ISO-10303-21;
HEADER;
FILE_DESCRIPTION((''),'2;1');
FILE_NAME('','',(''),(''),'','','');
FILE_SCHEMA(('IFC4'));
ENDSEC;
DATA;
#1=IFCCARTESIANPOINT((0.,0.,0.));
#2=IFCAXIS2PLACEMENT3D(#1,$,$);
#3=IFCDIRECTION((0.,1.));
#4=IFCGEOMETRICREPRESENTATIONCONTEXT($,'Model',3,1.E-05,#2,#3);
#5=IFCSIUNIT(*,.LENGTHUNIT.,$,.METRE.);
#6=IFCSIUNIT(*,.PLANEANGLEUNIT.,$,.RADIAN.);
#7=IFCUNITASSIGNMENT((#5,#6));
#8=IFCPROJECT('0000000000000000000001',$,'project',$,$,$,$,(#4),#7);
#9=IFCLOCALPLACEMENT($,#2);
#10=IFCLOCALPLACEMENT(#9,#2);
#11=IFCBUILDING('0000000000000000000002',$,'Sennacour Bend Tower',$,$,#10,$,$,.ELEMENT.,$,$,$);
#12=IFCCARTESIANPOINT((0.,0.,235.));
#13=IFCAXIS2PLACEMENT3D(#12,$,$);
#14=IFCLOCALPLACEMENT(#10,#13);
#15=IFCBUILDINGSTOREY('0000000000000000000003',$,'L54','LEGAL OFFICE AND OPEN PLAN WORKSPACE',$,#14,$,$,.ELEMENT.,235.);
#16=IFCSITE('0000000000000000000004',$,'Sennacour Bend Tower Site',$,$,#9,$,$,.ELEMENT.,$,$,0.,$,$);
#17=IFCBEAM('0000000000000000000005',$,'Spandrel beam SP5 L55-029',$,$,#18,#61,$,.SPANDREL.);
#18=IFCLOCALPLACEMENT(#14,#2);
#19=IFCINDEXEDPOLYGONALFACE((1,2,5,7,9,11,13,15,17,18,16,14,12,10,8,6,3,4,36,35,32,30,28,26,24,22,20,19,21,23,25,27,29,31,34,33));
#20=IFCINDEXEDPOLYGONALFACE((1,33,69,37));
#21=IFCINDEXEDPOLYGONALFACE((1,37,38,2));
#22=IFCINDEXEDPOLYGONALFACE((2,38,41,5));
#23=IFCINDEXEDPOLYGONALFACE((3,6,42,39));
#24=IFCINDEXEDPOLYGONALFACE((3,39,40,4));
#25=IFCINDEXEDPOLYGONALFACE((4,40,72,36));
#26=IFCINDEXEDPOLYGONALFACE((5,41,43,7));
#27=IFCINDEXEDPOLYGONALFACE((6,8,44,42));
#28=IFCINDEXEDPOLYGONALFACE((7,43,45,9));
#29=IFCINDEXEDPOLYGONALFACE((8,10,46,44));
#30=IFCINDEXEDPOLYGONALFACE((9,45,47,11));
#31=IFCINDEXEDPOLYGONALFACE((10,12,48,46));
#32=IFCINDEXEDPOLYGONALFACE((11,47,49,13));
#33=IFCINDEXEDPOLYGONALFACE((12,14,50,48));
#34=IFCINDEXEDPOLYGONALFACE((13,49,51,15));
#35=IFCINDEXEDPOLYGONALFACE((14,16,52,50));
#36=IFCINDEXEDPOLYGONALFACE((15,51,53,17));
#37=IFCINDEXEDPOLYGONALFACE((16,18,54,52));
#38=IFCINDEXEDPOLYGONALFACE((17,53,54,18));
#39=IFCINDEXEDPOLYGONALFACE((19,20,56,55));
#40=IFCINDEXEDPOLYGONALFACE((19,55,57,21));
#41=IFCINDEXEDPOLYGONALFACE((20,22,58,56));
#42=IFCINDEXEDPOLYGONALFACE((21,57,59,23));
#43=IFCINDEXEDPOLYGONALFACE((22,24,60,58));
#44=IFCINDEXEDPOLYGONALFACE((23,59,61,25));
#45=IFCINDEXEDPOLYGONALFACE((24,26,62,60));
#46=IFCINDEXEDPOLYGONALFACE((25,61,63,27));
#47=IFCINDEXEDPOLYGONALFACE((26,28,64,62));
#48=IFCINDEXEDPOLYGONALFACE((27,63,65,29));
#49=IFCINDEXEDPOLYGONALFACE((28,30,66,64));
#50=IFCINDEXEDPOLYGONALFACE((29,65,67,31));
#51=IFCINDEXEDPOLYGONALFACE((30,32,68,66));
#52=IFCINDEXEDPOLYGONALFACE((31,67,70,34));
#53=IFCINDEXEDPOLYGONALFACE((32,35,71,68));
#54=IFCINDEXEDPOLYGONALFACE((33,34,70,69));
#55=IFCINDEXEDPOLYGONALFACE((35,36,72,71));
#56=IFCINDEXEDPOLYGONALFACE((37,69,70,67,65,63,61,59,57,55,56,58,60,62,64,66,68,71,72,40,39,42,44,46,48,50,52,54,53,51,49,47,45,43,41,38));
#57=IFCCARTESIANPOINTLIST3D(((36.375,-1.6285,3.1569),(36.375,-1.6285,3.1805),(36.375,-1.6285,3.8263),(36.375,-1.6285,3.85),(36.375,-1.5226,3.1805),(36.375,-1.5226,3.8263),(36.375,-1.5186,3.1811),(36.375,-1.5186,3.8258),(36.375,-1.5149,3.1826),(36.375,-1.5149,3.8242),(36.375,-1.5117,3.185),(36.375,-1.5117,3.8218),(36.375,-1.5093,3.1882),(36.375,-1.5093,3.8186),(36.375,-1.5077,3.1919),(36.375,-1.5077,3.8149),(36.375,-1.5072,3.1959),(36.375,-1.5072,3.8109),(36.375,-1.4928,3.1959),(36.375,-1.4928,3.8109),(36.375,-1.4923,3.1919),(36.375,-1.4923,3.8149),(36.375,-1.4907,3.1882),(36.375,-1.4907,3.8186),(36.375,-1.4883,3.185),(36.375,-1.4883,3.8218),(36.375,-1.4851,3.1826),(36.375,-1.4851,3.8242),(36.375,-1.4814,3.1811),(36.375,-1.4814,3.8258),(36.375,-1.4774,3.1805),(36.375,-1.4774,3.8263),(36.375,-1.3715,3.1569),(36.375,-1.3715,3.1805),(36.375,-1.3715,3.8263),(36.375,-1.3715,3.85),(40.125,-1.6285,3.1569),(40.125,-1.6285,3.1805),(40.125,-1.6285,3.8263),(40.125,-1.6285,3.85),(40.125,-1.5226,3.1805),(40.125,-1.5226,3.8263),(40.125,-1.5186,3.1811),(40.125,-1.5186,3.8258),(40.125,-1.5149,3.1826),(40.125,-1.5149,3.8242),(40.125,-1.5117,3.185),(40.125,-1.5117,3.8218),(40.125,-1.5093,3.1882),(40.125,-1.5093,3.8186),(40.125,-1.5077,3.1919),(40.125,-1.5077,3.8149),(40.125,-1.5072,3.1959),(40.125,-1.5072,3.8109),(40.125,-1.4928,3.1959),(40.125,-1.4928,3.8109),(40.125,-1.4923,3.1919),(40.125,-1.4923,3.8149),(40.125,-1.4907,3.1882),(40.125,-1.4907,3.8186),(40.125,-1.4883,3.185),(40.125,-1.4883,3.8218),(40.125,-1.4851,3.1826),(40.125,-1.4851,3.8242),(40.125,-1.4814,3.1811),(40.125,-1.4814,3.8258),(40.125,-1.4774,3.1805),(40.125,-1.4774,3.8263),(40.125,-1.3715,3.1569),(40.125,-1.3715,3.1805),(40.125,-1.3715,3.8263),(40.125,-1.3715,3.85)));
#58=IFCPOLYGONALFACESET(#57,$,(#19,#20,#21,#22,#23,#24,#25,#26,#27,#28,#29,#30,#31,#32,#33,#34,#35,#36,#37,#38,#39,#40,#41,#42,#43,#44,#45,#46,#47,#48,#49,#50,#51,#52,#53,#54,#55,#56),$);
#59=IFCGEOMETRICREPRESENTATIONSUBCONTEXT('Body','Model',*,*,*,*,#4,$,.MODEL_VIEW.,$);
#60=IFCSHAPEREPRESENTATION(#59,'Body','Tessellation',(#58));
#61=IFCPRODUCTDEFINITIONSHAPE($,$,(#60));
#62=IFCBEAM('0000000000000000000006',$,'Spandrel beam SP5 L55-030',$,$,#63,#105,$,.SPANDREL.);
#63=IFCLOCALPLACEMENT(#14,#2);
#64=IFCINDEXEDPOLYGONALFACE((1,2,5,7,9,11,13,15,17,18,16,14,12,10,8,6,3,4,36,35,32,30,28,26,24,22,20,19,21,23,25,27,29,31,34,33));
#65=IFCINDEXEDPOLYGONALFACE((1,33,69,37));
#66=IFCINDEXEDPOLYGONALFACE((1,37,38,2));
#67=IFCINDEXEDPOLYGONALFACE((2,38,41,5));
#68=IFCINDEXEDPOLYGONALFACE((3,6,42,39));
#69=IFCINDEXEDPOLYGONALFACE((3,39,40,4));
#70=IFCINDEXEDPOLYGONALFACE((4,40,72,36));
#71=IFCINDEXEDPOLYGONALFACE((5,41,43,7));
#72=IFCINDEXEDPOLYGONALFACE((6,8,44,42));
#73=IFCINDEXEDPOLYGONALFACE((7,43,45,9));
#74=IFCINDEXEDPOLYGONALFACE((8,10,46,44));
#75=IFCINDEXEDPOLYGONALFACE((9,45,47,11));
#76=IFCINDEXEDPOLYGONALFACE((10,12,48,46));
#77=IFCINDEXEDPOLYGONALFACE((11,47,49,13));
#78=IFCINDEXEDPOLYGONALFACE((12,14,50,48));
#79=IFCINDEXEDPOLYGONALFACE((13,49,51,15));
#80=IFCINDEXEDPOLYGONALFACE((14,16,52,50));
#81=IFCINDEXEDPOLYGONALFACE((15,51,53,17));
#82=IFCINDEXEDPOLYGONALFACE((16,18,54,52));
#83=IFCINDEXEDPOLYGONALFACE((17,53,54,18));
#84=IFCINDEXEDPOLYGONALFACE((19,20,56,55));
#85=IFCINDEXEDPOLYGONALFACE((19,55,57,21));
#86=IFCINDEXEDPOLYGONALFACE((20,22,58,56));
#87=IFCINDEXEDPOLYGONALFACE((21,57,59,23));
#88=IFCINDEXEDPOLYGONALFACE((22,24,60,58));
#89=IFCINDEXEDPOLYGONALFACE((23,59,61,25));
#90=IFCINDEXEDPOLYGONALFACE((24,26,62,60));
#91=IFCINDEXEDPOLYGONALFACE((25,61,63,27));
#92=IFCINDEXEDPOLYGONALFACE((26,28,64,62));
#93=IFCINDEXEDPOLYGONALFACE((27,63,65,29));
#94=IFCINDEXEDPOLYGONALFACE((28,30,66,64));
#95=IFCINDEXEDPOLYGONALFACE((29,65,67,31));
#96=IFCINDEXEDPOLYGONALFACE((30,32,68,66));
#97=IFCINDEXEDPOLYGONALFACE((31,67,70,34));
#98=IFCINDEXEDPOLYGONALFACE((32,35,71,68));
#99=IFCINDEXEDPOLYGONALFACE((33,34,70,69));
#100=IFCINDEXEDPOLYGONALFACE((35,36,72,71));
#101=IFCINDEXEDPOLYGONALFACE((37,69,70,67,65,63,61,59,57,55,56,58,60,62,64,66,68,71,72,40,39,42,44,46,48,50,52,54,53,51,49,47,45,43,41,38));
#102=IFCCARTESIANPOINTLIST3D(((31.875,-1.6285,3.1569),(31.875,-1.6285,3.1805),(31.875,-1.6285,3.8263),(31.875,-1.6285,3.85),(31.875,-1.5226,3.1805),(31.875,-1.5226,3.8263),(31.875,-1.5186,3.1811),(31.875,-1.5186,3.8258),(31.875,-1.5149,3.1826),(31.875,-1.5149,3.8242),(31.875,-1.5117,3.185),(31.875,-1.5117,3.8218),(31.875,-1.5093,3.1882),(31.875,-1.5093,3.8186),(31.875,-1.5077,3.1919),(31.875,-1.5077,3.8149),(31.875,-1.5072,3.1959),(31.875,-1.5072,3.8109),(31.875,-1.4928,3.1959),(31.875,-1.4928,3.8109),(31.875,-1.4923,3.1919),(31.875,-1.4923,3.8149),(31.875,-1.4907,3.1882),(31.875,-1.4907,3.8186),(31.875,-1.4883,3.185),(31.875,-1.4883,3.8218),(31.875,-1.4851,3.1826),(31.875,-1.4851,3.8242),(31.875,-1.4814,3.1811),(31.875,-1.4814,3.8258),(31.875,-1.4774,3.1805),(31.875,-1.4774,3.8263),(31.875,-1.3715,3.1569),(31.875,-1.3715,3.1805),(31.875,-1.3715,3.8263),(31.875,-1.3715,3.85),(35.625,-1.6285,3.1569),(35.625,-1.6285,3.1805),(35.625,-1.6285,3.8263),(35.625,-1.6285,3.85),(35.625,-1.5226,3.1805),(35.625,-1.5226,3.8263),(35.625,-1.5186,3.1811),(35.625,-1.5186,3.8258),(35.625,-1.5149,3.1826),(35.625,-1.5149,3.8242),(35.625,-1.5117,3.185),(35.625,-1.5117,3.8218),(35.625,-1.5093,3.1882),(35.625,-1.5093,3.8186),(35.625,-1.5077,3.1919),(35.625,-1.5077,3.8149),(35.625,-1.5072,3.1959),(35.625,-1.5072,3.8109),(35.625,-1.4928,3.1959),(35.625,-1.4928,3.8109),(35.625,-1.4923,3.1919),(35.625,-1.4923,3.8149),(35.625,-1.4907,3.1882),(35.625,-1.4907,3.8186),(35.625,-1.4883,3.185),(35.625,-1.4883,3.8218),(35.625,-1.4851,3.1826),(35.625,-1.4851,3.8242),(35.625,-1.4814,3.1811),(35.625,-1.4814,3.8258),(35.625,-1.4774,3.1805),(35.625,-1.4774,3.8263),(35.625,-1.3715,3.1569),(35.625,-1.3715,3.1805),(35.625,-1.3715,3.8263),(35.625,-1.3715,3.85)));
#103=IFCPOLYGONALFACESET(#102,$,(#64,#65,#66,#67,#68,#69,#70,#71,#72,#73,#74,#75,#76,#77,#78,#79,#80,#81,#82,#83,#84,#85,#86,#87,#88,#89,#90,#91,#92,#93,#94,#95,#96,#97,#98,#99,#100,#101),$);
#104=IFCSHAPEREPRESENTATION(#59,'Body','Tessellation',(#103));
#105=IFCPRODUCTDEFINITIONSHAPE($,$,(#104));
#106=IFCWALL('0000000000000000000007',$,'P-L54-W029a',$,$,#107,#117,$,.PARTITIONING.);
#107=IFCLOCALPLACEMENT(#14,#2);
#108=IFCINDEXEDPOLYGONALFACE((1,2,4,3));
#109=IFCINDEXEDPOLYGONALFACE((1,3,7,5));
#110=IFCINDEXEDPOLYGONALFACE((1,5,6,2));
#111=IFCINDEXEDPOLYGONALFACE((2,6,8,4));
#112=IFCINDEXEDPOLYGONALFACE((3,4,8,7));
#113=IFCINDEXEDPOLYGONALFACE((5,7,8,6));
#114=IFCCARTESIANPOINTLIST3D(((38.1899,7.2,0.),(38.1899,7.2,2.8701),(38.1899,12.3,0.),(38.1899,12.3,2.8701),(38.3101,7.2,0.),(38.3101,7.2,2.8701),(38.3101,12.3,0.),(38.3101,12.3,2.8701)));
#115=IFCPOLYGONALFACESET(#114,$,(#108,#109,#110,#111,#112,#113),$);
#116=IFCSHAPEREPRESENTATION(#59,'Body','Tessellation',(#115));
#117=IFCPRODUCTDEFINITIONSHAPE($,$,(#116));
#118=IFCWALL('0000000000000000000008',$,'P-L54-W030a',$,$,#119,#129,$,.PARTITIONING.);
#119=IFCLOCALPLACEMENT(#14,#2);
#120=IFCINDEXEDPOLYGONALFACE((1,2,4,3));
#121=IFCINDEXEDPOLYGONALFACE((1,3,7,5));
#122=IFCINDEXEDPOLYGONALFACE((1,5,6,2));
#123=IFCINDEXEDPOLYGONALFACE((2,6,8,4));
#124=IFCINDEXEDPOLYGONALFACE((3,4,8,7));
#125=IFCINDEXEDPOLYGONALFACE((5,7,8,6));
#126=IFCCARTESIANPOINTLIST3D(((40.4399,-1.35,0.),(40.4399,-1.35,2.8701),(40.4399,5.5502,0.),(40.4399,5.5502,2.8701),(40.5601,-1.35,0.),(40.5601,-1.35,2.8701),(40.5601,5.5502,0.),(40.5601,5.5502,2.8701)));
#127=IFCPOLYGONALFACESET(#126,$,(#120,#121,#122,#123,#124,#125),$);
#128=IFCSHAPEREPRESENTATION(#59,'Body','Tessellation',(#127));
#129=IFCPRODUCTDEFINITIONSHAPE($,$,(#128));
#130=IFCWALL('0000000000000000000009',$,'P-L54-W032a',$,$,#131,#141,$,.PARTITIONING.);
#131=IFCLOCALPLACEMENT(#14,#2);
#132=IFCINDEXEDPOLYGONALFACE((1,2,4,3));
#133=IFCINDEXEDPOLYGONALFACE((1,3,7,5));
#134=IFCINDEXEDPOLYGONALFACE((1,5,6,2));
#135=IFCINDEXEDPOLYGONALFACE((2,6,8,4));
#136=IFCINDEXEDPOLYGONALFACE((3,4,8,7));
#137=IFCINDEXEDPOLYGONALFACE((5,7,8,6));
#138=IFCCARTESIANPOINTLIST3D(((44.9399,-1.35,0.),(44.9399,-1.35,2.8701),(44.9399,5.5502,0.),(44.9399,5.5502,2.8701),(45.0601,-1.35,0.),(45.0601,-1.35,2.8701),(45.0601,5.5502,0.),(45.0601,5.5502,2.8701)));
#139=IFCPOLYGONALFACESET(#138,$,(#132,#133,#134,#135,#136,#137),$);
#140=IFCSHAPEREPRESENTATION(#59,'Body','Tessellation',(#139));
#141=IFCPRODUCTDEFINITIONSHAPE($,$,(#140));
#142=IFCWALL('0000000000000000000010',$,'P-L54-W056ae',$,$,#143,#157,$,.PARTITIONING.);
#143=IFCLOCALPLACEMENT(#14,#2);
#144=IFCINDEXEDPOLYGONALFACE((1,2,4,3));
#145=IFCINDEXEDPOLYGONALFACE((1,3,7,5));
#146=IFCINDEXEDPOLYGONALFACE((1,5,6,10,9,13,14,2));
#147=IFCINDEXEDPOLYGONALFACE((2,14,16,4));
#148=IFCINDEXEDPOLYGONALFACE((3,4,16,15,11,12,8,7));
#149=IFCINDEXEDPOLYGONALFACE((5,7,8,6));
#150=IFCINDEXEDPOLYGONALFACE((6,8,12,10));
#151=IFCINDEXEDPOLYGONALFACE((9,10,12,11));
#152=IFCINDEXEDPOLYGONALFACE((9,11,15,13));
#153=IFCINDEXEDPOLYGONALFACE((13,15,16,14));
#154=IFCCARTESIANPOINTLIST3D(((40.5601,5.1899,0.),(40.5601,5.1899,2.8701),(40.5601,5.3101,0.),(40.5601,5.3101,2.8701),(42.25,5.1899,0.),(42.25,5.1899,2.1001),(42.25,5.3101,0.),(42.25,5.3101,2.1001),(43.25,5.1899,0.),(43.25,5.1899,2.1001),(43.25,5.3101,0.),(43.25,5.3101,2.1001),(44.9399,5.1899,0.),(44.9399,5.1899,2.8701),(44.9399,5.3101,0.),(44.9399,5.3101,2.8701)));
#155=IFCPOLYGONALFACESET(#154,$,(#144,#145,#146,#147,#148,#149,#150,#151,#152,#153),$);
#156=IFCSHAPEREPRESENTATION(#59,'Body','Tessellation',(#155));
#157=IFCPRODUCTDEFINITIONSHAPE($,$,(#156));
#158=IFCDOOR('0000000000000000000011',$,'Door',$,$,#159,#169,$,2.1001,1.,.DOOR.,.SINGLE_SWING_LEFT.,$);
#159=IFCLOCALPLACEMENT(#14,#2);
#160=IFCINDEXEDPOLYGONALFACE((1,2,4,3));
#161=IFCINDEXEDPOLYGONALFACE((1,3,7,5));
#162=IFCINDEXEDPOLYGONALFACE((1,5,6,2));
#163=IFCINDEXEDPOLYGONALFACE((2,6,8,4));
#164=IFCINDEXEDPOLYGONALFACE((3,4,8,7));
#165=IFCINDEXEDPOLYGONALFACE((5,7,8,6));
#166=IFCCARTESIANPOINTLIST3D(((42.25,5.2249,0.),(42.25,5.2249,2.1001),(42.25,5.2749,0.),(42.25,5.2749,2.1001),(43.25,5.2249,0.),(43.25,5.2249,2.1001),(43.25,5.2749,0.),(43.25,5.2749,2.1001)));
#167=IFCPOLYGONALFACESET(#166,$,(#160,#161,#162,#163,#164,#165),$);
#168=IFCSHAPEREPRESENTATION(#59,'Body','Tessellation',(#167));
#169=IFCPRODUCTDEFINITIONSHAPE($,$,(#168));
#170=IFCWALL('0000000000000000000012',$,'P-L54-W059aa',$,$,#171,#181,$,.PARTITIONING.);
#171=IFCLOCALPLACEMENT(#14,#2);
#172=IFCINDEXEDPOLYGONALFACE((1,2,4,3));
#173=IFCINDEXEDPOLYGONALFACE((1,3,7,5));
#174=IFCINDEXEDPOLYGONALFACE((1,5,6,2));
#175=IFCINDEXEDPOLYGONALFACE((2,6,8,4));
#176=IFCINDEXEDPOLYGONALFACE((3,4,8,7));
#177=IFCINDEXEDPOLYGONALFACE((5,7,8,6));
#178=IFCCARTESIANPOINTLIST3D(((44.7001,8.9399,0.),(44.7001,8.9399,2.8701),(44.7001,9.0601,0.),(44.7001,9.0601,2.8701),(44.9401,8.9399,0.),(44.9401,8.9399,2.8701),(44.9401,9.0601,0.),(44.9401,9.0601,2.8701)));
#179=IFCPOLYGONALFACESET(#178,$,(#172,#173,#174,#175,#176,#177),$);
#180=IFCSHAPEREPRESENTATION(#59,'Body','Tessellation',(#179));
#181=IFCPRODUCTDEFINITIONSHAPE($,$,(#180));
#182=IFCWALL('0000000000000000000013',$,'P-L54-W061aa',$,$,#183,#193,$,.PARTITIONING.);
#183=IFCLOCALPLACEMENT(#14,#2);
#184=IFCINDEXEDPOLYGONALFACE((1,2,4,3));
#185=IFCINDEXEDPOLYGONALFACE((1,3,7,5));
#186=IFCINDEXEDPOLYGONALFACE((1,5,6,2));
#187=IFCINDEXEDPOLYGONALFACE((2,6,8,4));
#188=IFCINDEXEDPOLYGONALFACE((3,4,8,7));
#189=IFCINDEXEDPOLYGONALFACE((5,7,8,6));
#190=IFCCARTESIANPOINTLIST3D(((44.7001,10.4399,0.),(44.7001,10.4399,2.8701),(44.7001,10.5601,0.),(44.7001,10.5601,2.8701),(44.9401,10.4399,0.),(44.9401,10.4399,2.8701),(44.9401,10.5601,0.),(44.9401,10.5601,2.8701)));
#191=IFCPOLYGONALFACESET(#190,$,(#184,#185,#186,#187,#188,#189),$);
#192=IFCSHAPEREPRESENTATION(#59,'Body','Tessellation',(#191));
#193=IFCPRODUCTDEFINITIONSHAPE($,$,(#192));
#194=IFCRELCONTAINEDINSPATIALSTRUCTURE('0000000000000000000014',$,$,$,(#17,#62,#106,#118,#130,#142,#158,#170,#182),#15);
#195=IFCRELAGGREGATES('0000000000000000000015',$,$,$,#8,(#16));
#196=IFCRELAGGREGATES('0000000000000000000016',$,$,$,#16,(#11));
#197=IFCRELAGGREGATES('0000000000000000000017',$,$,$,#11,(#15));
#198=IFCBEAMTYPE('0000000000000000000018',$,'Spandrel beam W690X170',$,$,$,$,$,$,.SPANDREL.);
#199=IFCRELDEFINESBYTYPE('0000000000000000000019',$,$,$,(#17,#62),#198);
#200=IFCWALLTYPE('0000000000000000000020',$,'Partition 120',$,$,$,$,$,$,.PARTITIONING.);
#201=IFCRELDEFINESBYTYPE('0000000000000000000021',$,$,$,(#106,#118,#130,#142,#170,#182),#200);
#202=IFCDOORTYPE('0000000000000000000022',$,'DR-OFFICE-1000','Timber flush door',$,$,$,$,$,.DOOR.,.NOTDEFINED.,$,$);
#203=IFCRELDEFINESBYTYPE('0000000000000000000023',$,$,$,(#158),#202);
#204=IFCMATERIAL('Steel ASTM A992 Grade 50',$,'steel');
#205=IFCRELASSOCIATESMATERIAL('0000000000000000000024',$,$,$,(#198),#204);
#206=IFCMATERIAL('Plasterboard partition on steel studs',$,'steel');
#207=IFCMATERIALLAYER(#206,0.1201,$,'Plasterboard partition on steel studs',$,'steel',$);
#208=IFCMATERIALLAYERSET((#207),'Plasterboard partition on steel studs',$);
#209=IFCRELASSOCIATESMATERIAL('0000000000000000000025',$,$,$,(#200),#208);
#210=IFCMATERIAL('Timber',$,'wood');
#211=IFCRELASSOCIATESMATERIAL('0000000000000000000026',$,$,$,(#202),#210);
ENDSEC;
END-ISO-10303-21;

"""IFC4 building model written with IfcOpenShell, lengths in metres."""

from ifc_helpers import new_model, si_unit, direction, frame, frame_2d, origin, origin_2d, place, context, subcontext, project, spatial, rectangle, i_section, extrude, material, layer, layer_set, material_profile, profile_set, type_object, element, fill, save


model = new_model("IFC4")

# Units and contexts
model_context = context("Model", 3, precision=1e-05, world=origin(), true_north=direction((0.0, 1.0)))
body_context = subcontext(model_context, "Body", "Model", "MODEL_VIEW")
ifc_project = project(units=[si_unit("LENGTHUNIT", "METRE"), si_unit("PLANEANGLEUNIT", "RADIAN")], contexts=[model_context])

# Site, building, storey
site_placement = place(None, origin())
site = spatial("IfcSite", under=ifc_project, at=site_placement, Name="Sennacour Bend Tower Site", CompositionType="ELEMENT", RefElevation=0.0)
building_placement = place(site_placement, origin())
building = spatial("IfcBuilding", under=site, at=building_placement, Name="Sennacour Bend Tower", CompositionType="ELEMENT")
storey_placement = place(building_placement, frame((0.0, 0.0, 235.0)))
storey = spatial("IfcBuildingStorey", under=building, at=storey_placement, Name="L54", Description="LEGAL OFFICE AND OPEN PLAN WORKSPACE", CompositionType="ELEMENT", Elevation=235.0)

# Beams
ifc_material_1 = material(Name="Steel ASTM A992 Grade 50", Category="steel")
ifc_material_profile_1 = material_profile(ifc_material_1, i_section(OverallWidth=0.2571, OverallDepth=0.6931, WebThickness=0.0144, FlangeThickness=0.0237, FilletRadius=0.0154, at=origin_2d()), Name="Steel ASTM A992 Grade 50", Category="steel")
ifc_profile_set_1 = profile_set([ifc_material_profile_1], Name="Steel ASTM A992 Grade 50")
beam_type_1 = type_object("IfcBeamType", Name="Spandrel beam W690X170", PredefinedType="SPANDREL", material=ifc_profile_set_1)
for number, where, z_axis, x_axis, name in (
    (1, (40.125, -1.5, 3.5034), (-1.0, 0.0, 0.0), (0.0, -1.0, 0.0), "Spandrel beam SP5 L55-029"),
    (2, (35.625, -1.5, 3.5034), (-1.0, 0.0, 0.0), (0.0, -1.0, 0.0), "Spandrel beam SP5 L55-030"),
):
    element("IfcBeam", number, at=place(storey_placement, frame(where, z_axis=z_axis, x_axis=x_axis)), inside=storey, type_object=beam_type_1, Name=name, PredefinedType="SPANDREL", context=body_context, shape_type="SweptSolid", body=[
        extrude(i_section(OverallWidth=0.2571, OverallDepth=0.6931, WebThickness=0.0144, FlangeThickness=0.0237, FilletRadius=0.0154, at=origin_2d()), origin(), (0.0, 0.0, 1.0), 3.75),
    ])

# Walls
ifc_material_2 = material(Name="Plasterboard partition on steel studs", Category="steel")
ifc_layer_1 = layer(ifc_material_2, 0.1201, Name="Plasterboard partition on steel studs", Category="steel")
ifc_layer_set_1 = layer_set([ifc_layer_1], Name="Plasterboard partition on steel studs")
wall_type_1 = type_object("IfcWallType", Name="Partition 120", PredefinedType="PARTITIONING", material=ifc_layer_set_1)
wall_1_placement = place(storey_placement, frame((38.25, 7.2, 0.0), z_axis=(0.0, 0.0, 1.0), x_axis=(0.0, 1.0, 0.0)))
element("IfcWall", 3, at=wall_1_placement, inside=storey, type_object=wall_type_1, Name="P-L54-W029a", PredefinedType="PARTITIONING", context=body_context, shape_type="SweptSolid", body=[
    extrude(rectangle(XDim=5.1001, YDim=0.1201, at=frame_2d((2.55, 0.0))), origin(), (0.0, 0.0, 1.0), 2.8701),
])
for number, where, z_axis, x_axis, name in (
    (4, (40.5, -1.3501, 0.0), (0.0, 0.0, 1.0), (0.0, 1.0, 0.0), "P-L54-W030a"),
    (5, (45.0, -1.3501, 0.0), (0.0, 0.0, 1.0), (0.0, 1.0, 0.0), "P-L54-W032a"),
):
    element("IfcWall", number, at=place(storey_placement, frame(where, z_axis=z_axis, x_axis=x_axis)), inside=storey, type_object=wall_type_1, Name=name, PredefinedType="PARTITIONING", context=body_context, shape_type="SweptSolid", body=[
        extrude(rectangle(XDim=6.9001, YDim=0.1201, at=frame_2d((3.4502, 0.0))), origin(), (0.0, 0.0, 1.0), 2.8701),
    ])

# Wall, opening, door
wall_2_placement = place(storey_placement, frame((40.5601, 5.25, 0.0), z_axis=(0.0, 0.0, 1.0), x_axis=(1.0, 0.0, 0.0)))
wall_2 = element("IfcWall", 6, at=wall_2_placement, inside=storey, type_object=wall_type_1, Name="P-L54-W056ae", PredefinedType="PARTITIONING", context=body_context, shape_type="SweptSolid", body=[
    extrude(rectangle(XDim=4.3799, YDim=0.1201, at=frame_2d((2.1899, 0.0))), origin(), (0.0, 0.0, 1.0), 2.8701),
])
opening_1_placement = place(wall_2_placement, frame((1.6899, 0.0, 0.0)))
opening_1 = element("IfcOpeningElement", 7, at=opening_1_placement, cuts=wall_2, PredefinedType="OPENING", context=body_context, shape_type="SweptSolid", body=[
    extrude(rectangle(XDim=1.0, YDim=2.1001, at=frame_2d((0.5, 1.05))), frame((0.0, 0.0701, 0.0), z_axis=(0.0, -1.0, 0.0), x_axis=(1.0, 0.0, 0.0)), (0.0, 0.0, 1.0), 0.1401),
])
ifc_material_3 = material(Name="Timber", Category="wood")
door_type_1 = type_object("IfcDoorType", Name="DR-OFFICE-1000", Description="Timber flush door", OperationType="NOTDEFINED", PredefinedType="DOOR", material=ifc_material_3)
door_1_placement = place(opening_1_placement, origin())
door_1 = element("IfcDoor", 8, at=door_1_placement, inside=storey, type_object=door_type_1, Name="Door", OperationType="SINGLE_SWING_LEFT", OverallHeight=2.1001, OverallWidth=1.0, PredefinedType="DOOR", context=body_context, shape_type="SweptSolid", body=[
    extrude(rectangle(XDim=1.0, YDim=2.1001, at=frame_2d((0.5, 1.05))), frame((0.0, 0.0249, 0.0), z_axis=(0.0, -1.0, 0.0), x_axis=(1.0, 0.0, 0.0)), (0.0, 0.0, 1.0), 0.05),
])
fill(opening_1, door_1)

# Walls
for number, where, z_axis, x_axis, name in (
    (9, (44.7, 9.0, 0.0), (0.0, 0.0, 1.0), (1.0, 0.0, 0.0), "P-L54-W059aa"),
    (10, (44.7, 10.5, 0.0), (0.0, 0.0, 1.0), (1.0, 0.0, 0.0), "P-L54-W061aa"),
):
    element("IfcWall", number, at=place(storey_placement, frame(where, z_axis=z_axis, x_axis=x_axis)), inside=storey, type_object=wall_type_1, Name=name, PredefinedType="PARTITIONING", context=body_context, shape_type="SweptSolid", body=[
        extrude(rectangle(XDim=0.24, YDim=0.1201, at=frame_2d((0.1201, 0.0))), origin(), (0.0, 0.0, 1.0), 2.8701),
    ])

save(model, "model.ifc")
